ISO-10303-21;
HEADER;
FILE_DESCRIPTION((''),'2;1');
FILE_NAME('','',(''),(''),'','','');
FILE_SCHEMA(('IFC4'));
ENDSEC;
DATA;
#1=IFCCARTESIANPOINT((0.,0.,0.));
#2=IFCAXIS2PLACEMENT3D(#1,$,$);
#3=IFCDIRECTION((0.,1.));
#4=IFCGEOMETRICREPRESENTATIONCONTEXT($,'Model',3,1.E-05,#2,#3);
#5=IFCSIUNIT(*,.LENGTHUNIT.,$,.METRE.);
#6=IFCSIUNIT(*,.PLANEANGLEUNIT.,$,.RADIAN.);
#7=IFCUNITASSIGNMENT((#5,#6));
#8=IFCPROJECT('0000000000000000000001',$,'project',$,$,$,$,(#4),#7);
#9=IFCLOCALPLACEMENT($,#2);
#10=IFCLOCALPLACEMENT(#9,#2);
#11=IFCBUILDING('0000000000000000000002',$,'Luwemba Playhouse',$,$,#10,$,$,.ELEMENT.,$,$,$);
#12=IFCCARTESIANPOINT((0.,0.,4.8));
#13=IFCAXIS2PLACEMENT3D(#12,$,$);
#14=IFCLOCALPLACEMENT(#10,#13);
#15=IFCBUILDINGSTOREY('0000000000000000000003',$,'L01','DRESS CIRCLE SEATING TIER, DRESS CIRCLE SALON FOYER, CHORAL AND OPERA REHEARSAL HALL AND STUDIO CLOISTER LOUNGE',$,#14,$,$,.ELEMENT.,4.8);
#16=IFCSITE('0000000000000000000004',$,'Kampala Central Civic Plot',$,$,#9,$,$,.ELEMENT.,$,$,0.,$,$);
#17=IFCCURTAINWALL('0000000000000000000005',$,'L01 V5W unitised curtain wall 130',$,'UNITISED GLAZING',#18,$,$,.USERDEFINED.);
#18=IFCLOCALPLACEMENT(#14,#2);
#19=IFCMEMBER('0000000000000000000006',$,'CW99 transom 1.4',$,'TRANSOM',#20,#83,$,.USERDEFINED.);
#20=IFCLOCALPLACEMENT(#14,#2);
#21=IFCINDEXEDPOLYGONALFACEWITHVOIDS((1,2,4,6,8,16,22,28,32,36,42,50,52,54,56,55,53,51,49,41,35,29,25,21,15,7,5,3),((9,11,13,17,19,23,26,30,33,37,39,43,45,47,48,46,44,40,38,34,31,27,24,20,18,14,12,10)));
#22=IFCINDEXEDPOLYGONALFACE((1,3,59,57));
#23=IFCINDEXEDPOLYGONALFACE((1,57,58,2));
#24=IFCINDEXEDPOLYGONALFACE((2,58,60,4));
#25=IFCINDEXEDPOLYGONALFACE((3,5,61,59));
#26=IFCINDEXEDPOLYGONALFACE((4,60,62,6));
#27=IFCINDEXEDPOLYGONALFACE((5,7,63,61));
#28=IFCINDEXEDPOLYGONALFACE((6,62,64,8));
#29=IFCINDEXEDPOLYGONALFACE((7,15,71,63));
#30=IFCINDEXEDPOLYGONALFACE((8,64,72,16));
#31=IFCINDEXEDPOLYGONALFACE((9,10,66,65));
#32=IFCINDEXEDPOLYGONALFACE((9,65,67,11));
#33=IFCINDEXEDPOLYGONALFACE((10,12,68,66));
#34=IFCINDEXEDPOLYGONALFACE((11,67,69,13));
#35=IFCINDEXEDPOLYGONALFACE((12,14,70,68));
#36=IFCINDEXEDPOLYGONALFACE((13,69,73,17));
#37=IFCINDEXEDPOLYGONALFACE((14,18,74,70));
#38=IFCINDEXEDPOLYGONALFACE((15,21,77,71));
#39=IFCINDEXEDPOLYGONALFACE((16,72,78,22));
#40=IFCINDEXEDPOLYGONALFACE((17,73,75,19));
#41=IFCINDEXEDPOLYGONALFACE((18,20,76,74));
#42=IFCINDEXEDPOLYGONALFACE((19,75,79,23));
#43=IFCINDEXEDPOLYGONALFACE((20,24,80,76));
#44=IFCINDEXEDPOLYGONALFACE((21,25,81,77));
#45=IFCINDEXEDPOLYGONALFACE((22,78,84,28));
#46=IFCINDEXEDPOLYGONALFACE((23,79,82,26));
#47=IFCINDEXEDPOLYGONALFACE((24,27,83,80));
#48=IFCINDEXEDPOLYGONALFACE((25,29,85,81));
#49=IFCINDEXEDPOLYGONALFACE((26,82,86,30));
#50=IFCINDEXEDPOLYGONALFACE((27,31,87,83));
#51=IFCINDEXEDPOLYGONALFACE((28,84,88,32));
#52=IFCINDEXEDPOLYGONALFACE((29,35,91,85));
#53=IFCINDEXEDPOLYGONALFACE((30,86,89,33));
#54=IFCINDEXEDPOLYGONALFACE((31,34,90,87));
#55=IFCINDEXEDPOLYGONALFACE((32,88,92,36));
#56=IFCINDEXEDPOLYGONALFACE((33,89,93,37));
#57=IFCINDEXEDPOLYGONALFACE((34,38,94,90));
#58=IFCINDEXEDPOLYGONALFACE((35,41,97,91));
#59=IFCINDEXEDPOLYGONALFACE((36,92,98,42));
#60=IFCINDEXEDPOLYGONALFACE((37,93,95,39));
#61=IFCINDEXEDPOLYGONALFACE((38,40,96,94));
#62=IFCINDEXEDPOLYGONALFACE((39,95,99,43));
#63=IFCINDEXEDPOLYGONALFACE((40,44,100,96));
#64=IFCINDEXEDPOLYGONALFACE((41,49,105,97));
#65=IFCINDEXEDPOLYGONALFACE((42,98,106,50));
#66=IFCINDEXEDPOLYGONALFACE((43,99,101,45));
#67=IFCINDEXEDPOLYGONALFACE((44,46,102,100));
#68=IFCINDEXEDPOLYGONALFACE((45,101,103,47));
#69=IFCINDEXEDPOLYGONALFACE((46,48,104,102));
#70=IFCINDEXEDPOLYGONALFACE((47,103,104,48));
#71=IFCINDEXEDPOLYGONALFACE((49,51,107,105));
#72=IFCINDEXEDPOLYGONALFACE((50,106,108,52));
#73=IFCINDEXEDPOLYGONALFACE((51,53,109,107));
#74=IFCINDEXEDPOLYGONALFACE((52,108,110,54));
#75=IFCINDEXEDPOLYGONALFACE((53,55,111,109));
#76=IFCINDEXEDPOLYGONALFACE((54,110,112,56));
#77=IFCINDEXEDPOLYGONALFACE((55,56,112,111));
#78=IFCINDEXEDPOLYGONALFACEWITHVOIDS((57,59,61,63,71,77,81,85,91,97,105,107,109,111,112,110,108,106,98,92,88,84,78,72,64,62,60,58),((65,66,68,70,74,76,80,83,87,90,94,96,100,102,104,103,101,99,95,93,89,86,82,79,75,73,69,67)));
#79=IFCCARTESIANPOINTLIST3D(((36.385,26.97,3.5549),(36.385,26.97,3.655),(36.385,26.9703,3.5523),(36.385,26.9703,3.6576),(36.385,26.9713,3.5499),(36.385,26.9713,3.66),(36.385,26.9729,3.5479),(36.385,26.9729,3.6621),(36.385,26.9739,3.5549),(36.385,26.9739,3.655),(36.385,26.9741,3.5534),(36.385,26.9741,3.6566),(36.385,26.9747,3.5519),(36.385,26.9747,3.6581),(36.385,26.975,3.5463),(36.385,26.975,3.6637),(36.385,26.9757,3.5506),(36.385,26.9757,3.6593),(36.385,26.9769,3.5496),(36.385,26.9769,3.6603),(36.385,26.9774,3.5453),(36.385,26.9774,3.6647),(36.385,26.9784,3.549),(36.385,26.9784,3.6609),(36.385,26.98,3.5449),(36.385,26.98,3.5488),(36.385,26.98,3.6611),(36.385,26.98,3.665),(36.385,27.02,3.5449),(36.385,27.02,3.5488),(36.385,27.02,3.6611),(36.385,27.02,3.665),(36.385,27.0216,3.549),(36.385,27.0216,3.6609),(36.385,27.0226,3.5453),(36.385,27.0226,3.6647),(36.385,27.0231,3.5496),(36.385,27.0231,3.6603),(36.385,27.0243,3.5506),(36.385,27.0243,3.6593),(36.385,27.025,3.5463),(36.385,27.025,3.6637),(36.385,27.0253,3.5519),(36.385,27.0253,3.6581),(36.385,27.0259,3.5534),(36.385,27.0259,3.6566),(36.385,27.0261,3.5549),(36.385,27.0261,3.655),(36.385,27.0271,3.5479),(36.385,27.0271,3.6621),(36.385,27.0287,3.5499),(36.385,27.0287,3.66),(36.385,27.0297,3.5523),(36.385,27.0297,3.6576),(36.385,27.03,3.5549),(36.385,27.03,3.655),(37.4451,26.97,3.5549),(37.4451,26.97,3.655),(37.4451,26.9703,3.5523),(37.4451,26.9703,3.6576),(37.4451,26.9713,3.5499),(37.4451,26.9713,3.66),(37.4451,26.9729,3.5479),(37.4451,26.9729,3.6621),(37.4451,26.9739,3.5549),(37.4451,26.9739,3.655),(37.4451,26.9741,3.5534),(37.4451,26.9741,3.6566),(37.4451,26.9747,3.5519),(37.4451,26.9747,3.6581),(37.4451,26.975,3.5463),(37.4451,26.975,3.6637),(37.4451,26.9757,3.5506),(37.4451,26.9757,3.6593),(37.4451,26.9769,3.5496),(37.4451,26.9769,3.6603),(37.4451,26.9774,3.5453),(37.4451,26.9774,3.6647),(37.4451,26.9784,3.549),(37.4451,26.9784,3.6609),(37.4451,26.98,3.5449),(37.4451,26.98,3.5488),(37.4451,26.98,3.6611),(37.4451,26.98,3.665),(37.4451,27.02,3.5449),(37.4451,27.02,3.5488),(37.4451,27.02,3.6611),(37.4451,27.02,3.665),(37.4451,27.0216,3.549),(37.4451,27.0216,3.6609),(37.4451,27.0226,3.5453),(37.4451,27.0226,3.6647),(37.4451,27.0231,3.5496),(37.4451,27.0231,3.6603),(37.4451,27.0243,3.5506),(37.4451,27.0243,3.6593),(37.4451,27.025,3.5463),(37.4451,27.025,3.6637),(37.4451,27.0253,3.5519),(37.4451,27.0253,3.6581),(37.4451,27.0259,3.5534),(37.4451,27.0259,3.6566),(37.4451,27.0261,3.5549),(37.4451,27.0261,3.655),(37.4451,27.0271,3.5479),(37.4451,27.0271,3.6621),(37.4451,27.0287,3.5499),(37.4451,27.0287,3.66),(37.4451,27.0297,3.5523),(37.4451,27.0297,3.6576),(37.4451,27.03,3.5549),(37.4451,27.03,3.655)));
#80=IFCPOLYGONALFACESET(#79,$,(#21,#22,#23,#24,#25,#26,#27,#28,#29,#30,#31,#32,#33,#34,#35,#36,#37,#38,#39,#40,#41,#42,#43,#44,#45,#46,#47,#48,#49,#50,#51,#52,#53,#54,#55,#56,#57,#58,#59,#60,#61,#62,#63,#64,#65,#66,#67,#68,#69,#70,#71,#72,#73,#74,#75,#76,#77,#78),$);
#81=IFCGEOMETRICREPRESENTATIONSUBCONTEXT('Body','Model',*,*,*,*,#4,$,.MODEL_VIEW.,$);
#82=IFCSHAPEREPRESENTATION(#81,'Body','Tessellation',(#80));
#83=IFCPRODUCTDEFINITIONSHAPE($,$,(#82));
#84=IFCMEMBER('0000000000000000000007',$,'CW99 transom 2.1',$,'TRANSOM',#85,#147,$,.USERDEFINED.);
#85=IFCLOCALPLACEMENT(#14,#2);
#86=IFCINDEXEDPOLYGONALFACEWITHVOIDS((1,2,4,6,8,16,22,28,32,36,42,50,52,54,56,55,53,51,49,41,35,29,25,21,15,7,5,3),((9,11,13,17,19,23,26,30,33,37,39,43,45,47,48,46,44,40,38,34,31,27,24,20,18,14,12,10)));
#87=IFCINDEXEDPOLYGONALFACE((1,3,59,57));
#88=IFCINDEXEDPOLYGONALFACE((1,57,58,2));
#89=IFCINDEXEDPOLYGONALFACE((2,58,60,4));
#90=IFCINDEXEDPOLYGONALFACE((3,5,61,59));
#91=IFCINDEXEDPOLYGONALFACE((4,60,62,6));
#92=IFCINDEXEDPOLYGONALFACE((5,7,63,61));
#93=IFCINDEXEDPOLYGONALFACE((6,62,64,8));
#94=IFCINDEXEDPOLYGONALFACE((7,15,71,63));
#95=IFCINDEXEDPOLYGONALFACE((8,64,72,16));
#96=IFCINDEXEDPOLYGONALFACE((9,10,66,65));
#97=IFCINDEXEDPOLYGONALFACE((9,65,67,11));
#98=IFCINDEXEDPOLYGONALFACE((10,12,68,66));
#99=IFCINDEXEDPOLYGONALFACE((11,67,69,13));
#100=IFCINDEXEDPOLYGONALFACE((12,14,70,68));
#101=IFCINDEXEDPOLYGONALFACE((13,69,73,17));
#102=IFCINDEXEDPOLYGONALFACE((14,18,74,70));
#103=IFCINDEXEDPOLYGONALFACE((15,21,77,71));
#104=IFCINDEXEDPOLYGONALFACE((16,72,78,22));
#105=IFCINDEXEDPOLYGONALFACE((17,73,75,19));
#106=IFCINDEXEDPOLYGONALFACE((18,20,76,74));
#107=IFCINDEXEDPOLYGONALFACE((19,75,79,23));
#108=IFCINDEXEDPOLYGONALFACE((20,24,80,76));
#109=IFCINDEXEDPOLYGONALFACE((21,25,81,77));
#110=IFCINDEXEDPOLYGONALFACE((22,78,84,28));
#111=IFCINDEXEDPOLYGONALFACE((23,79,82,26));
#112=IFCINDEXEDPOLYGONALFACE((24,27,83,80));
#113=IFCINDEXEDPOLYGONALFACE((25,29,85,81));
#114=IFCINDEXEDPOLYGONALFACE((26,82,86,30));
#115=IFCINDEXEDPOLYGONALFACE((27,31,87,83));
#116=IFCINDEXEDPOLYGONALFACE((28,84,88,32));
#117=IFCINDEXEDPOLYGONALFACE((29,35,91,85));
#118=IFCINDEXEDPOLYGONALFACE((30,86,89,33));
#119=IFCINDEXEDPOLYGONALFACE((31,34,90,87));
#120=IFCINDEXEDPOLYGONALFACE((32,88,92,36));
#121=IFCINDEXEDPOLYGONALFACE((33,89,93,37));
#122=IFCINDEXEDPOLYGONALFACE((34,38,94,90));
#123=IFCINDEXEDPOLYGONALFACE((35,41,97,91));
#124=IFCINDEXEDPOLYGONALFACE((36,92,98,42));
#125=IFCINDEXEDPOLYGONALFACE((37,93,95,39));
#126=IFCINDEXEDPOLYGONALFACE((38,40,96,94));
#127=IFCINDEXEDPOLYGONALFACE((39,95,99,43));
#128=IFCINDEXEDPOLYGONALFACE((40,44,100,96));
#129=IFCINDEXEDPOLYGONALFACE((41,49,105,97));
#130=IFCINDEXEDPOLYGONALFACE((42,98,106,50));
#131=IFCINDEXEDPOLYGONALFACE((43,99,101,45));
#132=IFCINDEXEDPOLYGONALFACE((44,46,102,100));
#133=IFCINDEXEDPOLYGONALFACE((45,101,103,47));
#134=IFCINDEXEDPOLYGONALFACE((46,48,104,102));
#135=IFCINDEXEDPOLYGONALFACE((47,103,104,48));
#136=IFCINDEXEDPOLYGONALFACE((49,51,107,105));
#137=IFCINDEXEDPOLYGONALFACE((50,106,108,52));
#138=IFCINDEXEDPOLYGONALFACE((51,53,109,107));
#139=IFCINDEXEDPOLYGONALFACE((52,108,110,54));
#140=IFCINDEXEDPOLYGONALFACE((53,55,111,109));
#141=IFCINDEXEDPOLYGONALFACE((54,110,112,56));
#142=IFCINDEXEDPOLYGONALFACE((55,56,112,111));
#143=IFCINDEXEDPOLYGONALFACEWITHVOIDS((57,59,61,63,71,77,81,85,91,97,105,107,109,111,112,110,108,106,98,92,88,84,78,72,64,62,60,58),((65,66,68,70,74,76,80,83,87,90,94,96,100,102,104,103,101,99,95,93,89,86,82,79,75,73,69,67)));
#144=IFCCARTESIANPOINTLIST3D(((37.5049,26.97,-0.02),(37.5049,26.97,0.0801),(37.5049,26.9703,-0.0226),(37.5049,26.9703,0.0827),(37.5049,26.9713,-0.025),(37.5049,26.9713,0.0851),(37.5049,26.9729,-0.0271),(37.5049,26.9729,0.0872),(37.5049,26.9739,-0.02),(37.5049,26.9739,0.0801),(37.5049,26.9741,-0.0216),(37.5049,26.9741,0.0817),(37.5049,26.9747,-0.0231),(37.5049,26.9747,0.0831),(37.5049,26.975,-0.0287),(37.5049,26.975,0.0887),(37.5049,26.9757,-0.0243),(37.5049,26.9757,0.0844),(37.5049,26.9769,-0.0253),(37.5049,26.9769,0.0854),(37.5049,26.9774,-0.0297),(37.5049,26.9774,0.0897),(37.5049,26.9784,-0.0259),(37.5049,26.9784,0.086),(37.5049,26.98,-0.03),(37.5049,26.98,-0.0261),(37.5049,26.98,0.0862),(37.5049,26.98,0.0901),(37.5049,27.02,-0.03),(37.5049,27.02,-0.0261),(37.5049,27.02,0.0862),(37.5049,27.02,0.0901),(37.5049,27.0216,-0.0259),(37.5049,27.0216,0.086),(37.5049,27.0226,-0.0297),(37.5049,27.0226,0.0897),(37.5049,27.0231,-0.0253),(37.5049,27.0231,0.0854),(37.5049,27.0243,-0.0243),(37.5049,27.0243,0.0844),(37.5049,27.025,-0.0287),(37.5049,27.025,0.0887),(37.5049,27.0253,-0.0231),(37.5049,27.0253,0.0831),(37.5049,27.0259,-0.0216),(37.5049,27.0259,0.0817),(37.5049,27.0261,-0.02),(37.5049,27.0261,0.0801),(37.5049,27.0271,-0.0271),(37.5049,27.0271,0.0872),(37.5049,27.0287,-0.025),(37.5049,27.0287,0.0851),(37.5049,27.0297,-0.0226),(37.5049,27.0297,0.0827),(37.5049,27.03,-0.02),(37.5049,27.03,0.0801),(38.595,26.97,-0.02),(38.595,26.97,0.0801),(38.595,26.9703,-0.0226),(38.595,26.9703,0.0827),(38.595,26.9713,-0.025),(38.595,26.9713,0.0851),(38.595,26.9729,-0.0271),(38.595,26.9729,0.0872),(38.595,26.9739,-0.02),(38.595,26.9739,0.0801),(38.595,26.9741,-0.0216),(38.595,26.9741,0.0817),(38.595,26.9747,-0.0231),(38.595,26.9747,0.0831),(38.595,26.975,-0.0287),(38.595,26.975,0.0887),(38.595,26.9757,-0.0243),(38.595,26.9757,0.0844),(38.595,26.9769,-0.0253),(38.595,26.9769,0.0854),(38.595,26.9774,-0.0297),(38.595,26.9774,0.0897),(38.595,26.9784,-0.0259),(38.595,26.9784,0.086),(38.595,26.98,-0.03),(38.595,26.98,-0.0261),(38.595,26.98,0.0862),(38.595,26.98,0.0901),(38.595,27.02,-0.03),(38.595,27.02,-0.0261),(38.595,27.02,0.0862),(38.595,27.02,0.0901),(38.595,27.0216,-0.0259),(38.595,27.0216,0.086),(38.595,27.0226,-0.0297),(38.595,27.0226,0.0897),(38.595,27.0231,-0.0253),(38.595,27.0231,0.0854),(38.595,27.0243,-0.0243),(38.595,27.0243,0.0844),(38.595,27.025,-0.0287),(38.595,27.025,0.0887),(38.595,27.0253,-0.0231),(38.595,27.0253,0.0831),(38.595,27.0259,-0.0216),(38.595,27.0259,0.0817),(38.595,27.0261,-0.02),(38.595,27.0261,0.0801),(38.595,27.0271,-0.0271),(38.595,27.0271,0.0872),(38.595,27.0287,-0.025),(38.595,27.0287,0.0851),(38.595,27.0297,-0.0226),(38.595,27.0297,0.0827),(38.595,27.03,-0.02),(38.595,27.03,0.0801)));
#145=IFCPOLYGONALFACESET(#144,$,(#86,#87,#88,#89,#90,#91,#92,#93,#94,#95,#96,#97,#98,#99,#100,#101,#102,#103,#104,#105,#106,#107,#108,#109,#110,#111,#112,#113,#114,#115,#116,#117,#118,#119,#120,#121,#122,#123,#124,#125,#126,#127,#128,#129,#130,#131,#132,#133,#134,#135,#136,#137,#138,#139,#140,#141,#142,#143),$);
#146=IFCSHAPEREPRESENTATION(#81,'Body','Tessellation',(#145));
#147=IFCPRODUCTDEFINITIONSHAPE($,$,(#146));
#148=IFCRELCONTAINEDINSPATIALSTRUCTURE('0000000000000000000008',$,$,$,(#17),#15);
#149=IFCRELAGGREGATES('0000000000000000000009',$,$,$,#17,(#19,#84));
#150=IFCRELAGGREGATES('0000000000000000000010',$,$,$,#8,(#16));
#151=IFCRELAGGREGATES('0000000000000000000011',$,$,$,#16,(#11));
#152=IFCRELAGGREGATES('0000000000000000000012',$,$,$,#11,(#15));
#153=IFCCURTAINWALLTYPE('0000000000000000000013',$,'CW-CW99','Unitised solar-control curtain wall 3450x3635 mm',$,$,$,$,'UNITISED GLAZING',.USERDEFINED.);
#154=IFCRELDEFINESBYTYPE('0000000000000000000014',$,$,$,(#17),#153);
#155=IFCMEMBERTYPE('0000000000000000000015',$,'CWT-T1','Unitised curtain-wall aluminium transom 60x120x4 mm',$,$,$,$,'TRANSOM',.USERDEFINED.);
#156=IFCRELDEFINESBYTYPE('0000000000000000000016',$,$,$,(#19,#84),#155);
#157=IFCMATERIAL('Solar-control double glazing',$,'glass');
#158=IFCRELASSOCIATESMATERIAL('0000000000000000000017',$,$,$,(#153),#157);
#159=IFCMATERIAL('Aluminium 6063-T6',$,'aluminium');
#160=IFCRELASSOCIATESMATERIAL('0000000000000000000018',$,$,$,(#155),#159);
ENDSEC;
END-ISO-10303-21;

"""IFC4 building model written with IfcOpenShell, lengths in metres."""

from ifc_helpers import new_model, si_unit, direction, frame, origin, origin_2d, place, context, subcontext, project, spatial, hollow_rectangle, extrude, material, material_profile, profile_set, type_object, element, aggregate, save


model = new_model("IFC4")

# Units and contexts
model_context = context("Model", 3, precision=1e-05, world=origin(), true_north=direction((0.0, 1.0)))
body_context = subcontext(model_context, "Body", "Model", "MODEL_VIEW")
ifc_project = project(units=[si_unit("LENGTHUNIT", "METRE"), si_unit("PLANEANGLEUNIT", "RADIAN")], contexts=[model_context])

# Site, building, storey
site_placement = place(None, origin())
site = spatial("IfcSite", under=ifc_project, at=site_placement, Name="Kampala Central Civic Plot", CompositionType="ELEMENT", RefElevation=0.0)
building_placement = place(site_placement, origin())
building = spatial("IfcBuilding", under=site, at=building_placement, Name="Luwemba Playhouse", CompositionType="ELEMENT")
storey_placement = place(building_placement, frame((0.0, 0.0, 4.8)))
storey = spatial("IfcBuildingStorey", under=building, at=storey_placement, Name="L01", Description="DRESS CIRCLE SEATING TIER, DRESS CIRCLE SALON FOYER, CHORAL AND OPERA REHEARSAL HALL AND STUDIO CLOISTER LOUNGE", CompositionType="ELEMENT", Elevation=4.8)

# Curtain wall
ifc_material_1 = material(Name="Solar-control double glazing", Category="glass")
curtain_wall_type_1 = type_object("IfcCurtainWallType", Name="CW-CW99", Description="Unitised solar-control curtain wall 3450x3635 mm", ElementType="UNITISED GLAZING", PredefinedType="USERDEFINED", material=ifc_material_1)
curtain_wall_1_placement = place(storey_placement, origin())
curtain_wall_1 = element("IfcCurtainWall", 1, at=curtain_wall_1_placement, inside=storey, type_object=curtain_wall_type_1, Name="L01 V5W unitised curtain wall 130", ObjectType="UNITISED GLAZING", PredefinedType="USERDEFINED")
ifc_material_2 = material(Name="Aluminium 6063-T6", Category="aluminium")

# Members
ifc_material_profile_1 = material_profile(ifc_material_2, hollow_rectangle(XDim=0.0601, YDim=0.1201, WallThickness=0.0039, InnerFilletRadius=0.0061, OuterFilletRadius=0.01, at=origin_2d()))
ifc_profile_set_1 = profile_set([ifc_material_profile_1], Name="Aluminium 6063-T6")
member_type_1 = type_object("IfcMemberType", Name="CWT-T1", Description="Unitised curtain-wall aluminium transom 60x120x4 mm", ElementType="TRANSOM", PredefinedType="USERDEFINED", material=ifc_profile_set_1)
member_1_placement = place(storey_placement, frame((36.385, 27.0, 3.605), z_axis=(1.0, 0.0, 0.0), x_axis=(0.0, 1.0, 0.0)))
member_1 = element("IfcMember", 2, at=member_1_placement, type_object=member_type_1, Name="CW99 transom 1.4", ObjectType="TRANSOM", PredefinedType="USERDEFINED", context=body_context, shape_type="SweptSolid", body=[
    extrude(hollow_rectangle(XDim=0.0601, YDim=0.1201, WallThickness=0.0039, InnerFilletRadius=0.0061, OuterFilletRadius=0.01, at=origin_2d()), origin(), (0.0, 0.0, 1.0), 1.0601),
])
member_2_placement = place(storey_placement, frame((37.5049, 27.0, 0.03), z_axis=(1.0, 0.0, 0.0), x_axis=(0.0, 1.0, 0.0)))
member_2 = element("IfcMember", 3, at=member_2_placement, type_object=member_type_1, Name="CW99 transom 2.1", ObjectType="TRANSOM", PredefinedType="USERDEFINED", context=body_context, shape_type="SweptSolid", body=[
    extrude(hollow_rectangle(XDim=0.0601, YDim=0.1201, WallThickness=0.0039, InnerFilletRadius=0.0061, OuterFilletRadius=0.01, at=origin_2d()), origin(), (0.0, 0.0, 1.0), 1.0901),
])

aggregate(curtain_wall_1, [member_1, member_2])

save(model, "model.ifc")
